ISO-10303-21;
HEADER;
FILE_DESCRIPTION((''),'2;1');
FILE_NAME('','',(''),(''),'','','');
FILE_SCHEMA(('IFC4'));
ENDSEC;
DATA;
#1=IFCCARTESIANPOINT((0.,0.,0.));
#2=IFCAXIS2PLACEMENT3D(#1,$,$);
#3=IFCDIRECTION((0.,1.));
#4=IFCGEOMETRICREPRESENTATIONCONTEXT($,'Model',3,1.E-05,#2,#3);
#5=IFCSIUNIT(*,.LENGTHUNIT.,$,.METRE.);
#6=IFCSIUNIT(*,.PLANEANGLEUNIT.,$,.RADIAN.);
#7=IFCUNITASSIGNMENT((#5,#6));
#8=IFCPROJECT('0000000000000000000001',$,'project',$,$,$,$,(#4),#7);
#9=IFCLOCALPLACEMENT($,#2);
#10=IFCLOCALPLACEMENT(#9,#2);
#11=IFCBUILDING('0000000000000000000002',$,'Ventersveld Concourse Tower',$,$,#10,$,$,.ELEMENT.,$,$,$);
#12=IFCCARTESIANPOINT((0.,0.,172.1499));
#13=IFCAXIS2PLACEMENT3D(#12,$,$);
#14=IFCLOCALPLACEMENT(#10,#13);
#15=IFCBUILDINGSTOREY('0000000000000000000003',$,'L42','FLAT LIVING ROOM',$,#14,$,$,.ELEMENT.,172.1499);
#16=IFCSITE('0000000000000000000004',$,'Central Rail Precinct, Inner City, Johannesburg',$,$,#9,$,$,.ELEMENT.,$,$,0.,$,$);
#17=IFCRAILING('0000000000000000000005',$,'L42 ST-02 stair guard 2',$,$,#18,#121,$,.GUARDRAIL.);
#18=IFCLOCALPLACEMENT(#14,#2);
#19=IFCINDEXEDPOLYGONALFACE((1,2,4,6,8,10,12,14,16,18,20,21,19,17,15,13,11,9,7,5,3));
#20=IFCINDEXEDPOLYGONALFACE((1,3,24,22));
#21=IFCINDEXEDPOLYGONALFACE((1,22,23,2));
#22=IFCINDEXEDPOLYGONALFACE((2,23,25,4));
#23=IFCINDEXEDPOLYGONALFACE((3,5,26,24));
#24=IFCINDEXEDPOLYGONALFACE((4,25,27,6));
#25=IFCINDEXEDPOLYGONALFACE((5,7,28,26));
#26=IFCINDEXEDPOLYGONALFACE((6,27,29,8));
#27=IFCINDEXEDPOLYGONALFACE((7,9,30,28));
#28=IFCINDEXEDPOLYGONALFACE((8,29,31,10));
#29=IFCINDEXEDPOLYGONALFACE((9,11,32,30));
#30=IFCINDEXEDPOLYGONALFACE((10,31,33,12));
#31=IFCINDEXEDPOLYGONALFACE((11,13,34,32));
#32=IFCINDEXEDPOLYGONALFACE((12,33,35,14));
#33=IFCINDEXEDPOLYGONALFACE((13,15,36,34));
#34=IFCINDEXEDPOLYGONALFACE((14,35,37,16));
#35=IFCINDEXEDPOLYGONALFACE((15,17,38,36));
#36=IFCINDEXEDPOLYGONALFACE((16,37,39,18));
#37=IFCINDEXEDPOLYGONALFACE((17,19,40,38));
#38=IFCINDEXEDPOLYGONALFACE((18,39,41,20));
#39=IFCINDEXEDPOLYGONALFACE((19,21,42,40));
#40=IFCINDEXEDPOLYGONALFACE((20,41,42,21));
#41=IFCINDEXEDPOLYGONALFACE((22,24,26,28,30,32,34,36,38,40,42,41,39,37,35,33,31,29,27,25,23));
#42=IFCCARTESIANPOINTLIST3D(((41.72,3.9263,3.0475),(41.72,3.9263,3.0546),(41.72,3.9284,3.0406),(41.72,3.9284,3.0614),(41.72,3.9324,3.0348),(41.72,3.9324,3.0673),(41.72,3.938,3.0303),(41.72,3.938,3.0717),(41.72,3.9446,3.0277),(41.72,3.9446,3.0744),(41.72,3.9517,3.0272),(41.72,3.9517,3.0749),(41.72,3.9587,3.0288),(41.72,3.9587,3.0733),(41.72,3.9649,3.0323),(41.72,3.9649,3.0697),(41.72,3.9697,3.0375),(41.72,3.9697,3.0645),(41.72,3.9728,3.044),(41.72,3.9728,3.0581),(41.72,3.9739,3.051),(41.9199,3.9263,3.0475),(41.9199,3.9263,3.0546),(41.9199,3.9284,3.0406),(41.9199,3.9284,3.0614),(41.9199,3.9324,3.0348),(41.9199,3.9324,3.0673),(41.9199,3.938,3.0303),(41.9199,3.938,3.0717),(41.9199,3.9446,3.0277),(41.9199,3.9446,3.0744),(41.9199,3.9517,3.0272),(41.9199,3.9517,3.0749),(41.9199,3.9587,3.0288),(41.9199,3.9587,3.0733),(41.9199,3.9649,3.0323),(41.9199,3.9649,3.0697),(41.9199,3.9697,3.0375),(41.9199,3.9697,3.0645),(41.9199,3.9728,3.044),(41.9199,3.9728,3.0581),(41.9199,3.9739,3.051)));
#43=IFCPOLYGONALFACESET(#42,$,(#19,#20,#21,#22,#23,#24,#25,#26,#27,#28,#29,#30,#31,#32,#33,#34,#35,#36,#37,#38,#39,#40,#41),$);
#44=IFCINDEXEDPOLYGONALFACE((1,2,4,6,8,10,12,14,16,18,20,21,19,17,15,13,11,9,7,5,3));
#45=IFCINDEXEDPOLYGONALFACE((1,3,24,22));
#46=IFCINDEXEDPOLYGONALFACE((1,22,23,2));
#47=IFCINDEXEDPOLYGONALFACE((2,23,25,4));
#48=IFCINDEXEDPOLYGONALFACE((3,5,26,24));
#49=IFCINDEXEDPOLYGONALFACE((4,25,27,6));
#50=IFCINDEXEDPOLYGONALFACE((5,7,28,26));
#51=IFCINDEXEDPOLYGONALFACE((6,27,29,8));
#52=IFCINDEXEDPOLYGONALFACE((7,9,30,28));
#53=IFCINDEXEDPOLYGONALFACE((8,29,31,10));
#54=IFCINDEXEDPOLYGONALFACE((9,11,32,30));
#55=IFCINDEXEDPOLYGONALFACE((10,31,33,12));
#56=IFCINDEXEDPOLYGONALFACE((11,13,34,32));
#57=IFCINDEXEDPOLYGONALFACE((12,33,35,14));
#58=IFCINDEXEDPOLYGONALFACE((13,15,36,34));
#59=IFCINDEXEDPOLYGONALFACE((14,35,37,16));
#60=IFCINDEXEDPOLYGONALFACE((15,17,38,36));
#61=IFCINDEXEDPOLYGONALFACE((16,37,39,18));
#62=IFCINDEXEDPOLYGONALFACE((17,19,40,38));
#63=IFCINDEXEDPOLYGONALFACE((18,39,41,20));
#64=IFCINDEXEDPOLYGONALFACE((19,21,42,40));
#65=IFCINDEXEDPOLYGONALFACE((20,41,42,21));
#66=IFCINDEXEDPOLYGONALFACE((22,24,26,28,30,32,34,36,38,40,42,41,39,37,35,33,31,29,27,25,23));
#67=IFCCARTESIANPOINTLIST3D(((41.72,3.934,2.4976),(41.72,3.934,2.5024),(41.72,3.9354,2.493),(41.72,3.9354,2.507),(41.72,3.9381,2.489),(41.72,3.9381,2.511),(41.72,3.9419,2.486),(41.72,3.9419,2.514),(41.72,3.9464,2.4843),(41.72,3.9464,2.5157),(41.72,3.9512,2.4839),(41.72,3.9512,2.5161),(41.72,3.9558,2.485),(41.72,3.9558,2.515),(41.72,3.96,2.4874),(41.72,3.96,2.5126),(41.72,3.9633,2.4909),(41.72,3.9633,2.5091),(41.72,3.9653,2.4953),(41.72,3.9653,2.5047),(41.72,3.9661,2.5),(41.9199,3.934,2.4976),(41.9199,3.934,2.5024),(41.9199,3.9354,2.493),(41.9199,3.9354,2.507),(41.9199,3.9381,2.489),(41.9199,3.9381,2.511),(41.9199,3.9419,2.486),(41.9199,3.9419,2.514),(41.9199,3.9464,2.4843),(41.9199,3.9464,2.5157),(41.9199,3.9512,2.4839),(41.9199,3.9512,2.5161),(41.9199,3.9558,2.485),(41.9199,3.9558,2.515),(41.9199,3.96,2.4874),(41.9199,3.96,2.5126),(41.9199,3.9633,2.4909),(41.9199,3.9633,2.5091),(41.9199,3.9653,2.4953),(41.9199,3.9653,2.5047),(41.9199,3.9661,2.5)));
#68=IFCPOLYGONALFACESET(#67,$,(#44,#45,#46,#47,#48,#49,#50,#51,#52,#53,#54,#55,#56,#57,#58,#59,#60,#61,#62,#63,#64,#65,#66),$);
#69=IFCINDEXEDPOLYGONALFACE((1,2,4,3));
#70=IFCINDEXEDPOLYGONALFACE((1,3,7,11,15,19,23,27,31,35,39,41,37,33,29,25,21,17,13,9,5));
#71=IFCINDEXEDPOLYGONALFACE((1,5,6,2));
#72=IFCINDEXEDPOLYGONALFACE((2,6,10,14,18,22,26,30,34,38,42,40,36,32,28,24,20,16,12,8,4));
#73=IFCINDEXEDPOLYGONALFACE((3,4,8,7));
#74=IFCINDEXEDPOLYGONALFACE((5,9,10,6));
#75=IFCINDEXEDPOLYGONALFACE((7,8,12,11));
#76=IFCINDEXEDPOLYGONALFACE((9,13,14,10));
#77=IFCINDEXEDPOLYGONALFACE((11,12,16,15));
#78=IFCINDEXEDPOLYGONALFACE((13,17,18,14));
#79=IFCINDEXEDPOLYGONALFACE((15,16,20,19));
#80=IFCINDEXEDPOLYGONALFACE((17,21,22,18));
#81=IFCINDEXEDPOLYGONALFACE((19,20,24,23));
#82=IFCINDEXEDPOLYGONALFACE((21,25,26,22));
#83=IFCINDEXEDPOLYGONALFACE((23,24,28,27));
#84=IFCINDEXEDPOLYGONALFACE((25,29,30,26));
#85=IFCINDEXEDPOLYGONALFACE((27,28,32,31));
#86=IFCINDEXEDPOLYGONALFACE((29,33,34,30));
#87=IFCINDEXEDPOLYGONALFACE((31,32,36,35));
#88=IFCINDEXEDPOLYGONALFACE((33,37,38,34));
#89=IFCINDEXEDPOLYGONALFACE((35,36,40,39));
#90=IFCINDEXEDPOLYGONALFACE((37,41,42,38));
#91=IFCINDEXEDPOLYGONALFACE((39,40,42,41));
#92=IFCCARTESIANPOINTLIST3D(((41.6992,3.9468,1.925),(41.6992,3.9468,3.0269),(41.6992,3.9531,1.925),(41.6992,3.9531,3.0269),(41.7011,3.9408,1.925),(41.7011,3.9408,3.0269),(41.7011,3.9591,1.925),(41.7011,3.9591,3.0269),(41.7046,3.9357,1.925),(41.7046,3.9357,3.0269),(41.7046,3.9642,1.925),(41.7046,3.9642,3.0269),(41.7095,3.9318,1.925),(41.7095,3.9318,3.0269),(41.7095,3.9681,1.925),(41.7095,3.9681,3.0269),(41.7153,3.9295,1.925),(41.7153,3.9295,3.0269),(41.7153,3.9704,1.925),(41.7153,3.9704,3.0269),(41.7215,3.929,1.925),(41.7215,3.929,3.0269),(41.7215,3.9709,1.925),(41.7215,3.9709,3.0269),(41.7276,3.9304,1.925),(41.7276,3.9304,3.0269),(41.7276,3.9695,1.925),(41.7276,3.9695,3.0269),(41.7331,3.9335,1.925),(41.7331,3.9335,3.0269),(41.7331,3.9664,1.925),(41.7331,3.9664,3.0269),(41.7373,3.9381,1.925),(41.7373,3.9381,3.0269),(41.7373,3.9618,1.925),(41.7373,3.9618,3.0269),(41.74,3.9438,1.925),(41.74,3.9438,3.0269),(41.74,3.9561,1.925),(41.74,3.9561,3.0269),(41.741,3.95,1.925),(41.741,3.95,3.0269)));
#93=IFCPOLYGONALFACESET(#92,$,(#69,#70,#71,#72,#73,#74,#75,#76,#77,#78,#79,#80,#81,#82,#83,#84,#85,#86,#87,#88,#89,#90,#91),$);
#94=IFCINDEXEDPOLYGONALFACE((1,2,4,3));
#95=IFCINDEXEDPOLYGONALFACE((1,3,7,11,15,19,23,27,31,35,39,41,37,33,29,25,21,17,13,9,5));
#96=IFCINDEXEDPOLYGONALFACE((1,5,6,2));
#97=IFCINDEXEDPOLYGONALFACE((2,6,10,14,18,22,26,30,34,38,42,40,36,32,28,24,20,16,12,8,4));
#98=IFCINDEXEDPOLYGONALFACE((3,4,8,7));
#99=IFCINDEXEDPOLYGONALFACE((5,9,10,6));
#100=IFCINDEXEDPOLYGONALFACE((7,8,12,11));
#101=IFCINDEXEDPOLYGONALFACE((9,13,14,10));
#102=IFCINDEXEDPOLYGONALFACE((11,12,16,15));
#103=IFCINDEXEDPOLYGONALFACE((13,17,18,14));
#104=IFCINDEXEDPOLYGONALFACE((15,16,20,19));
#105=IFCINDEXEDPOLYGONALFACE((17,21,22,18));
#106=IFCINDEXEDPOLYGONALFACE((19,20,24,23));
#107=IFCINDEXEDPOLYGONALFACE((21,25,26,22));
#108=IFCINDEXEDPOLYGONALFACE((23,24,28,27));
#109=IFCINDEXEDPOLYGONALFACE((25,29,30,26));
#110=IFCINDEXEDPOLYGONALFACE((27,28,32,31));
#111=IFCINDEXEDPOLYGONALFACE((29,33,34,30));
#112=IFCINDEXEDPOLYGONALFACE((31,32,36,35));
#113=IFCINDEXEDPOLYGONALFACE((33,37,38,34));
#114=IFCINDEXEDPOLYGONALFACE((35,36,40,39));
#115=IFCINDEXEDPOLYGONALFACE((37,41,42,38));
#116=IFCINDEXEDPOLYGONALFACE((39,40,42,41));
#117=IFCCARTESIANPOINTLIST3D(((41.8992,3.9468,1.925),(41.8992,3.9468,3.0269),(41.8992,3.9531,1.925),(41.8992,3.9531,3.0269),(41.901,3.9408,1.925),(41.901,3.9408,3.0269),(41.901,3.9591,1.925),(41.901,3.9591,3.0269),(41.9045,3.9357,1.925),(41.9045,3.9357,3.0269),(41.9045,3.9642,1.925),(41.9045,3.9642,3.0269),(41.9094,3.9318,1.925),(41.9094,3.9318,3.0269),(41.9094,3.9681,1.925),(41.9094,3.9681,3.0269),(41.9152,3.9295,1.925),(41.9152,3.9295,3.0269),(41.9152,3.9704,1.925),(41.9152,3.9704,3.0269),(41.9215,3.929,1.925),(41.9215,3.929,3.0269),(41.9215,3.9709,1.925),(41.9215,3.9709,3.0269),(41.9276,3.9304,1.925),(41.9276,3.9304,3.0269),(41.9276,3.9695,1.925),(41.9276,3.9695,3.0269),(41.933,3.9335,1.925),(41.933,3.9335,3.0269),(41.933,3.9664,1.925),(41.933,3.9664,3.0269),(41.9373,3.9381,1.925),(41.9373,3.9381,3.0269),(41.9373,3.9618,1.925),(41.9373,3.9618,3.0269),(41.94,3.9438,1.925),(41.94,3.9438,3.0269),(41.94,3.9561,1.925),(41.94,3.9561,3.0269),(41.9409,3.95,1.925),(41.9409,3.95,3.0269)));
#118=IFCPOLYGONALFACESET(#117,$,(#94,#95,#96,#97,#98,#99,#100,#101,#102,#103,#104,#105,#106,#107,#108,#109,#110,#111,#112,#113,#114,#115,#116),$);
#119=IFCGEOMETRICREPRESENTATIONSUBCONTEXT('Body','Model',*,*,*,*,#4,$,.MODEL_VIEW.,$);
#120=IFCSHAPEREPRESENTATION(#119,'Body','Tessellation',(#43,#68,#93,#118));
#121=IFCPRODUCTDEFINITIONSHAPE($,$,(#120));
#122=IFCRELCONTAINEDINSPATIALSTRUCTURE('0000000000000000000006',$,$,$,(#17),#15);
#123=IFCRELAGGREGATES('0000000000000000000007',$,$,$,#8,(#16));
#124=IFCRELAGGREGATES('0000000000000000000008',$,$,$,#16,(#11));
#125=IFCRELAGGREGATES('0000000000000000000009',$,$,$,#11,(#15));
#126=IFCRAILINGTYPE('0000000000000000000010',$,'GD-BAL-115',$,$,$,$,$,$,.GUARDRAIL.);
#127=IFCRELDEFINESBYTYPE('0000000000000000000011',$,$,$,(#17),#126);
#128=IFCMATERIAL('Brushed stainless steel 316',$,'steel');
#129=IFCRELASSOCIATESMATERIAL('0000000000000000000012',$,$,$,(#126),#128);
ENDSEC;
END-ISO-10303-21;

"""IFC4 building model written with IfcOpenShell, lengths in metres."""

from ifc_helpers import new_model, si_unit, direction, frame, origin, origin_2d, place, context, subcontext, project, spatial, circle, extrude, material, type_object, element, save


model = new_model("IFC4")

# Units and contexts
model_context = context("Model", 3, precision=1e-05, world=origin(), true_north=direction((0.0, 1.0)))
body_context = subcontext(model_context, "Body", "Model", "MODEL_VIEW")
ifc_project = project(units=[si_unit("LENGTHUNIT", "METRE"), si_unit("PLANEANGLEUNIT", "RADIAN")], contexts=[model_context])

# Site, building, storey
site_placement = place(None, origin())
site = spatial("IfcSite", under=ifc_project, at=site_placement, Name="Central Rail Precinct, Inner City, Johannesburg", CompositionType="ELEMENT", RefElevation=0.0)
building_placement = place(site_placement, origin())
building = spatial("IfcBuilding", under=site, at=building_placement, Name="Ventersveld Concourse Tower", CompositionType="ELEMENT")
storey_placement = place(building_placement, frame((0.0, 0.0, 172.1499)))
storey = spatial("IfcBuildingStorey", under=building, at=storey_placement, Name="L42", Description="FLAT LIVING ROOM", CompositionType="ELEMENT", Elevation=172.1499)

# Shared definitions
ifc_material_1 = material(Name="Brushed stainless steel 316", Category="steel")

# Railing
railing_type_1 = type_object("IfcRailingType", Name="GD-BAL-115", PredefinedType="GUARDRAIL", material=ifc_material_1)
railing_1_placement = place(storey_placement, frame((41.72, 3.95, 1.925)))
element("IfcRailing", 1, at=railing_1_placement, inside=storey, type_object=railing_type_1, Name="L42 ST-02 stair guard 2", PredefinedType="GUARDRAIL", context=body_context, shape_type="SweptSolid", body=[
    extrude(circle(Radius=0.0239, at=origin_2d()), frame((0.0, 0.0, 1.126), z_axis=(1.0, 0.0, 0.0), x_axis=(0.0, 1.0, 0.0)), (0.0, 0.0, 1.0), 0.2),
    extrude(circle(Radius=0.0161, at=origin_2d()), frame((0.0, 0.0, 0.575), z_axis=(1.0, 0.0, 0.0), x_axis=(0.0, 1.0, 0.0)), (0.0, 0.0, 1.0), 0.2),
    extrude(circle(Radius=0.021, at=origin_2d()), origin(), (0.0, 0.0, 1.0), 1.1018),
    extrude(circle(Radius=0.021, at=origin_2d()), frame((0.2, 0.0, 0.0)), (0.0, 0.0, 1.0), 1.1018),
])

save(model, "model.ifc")
